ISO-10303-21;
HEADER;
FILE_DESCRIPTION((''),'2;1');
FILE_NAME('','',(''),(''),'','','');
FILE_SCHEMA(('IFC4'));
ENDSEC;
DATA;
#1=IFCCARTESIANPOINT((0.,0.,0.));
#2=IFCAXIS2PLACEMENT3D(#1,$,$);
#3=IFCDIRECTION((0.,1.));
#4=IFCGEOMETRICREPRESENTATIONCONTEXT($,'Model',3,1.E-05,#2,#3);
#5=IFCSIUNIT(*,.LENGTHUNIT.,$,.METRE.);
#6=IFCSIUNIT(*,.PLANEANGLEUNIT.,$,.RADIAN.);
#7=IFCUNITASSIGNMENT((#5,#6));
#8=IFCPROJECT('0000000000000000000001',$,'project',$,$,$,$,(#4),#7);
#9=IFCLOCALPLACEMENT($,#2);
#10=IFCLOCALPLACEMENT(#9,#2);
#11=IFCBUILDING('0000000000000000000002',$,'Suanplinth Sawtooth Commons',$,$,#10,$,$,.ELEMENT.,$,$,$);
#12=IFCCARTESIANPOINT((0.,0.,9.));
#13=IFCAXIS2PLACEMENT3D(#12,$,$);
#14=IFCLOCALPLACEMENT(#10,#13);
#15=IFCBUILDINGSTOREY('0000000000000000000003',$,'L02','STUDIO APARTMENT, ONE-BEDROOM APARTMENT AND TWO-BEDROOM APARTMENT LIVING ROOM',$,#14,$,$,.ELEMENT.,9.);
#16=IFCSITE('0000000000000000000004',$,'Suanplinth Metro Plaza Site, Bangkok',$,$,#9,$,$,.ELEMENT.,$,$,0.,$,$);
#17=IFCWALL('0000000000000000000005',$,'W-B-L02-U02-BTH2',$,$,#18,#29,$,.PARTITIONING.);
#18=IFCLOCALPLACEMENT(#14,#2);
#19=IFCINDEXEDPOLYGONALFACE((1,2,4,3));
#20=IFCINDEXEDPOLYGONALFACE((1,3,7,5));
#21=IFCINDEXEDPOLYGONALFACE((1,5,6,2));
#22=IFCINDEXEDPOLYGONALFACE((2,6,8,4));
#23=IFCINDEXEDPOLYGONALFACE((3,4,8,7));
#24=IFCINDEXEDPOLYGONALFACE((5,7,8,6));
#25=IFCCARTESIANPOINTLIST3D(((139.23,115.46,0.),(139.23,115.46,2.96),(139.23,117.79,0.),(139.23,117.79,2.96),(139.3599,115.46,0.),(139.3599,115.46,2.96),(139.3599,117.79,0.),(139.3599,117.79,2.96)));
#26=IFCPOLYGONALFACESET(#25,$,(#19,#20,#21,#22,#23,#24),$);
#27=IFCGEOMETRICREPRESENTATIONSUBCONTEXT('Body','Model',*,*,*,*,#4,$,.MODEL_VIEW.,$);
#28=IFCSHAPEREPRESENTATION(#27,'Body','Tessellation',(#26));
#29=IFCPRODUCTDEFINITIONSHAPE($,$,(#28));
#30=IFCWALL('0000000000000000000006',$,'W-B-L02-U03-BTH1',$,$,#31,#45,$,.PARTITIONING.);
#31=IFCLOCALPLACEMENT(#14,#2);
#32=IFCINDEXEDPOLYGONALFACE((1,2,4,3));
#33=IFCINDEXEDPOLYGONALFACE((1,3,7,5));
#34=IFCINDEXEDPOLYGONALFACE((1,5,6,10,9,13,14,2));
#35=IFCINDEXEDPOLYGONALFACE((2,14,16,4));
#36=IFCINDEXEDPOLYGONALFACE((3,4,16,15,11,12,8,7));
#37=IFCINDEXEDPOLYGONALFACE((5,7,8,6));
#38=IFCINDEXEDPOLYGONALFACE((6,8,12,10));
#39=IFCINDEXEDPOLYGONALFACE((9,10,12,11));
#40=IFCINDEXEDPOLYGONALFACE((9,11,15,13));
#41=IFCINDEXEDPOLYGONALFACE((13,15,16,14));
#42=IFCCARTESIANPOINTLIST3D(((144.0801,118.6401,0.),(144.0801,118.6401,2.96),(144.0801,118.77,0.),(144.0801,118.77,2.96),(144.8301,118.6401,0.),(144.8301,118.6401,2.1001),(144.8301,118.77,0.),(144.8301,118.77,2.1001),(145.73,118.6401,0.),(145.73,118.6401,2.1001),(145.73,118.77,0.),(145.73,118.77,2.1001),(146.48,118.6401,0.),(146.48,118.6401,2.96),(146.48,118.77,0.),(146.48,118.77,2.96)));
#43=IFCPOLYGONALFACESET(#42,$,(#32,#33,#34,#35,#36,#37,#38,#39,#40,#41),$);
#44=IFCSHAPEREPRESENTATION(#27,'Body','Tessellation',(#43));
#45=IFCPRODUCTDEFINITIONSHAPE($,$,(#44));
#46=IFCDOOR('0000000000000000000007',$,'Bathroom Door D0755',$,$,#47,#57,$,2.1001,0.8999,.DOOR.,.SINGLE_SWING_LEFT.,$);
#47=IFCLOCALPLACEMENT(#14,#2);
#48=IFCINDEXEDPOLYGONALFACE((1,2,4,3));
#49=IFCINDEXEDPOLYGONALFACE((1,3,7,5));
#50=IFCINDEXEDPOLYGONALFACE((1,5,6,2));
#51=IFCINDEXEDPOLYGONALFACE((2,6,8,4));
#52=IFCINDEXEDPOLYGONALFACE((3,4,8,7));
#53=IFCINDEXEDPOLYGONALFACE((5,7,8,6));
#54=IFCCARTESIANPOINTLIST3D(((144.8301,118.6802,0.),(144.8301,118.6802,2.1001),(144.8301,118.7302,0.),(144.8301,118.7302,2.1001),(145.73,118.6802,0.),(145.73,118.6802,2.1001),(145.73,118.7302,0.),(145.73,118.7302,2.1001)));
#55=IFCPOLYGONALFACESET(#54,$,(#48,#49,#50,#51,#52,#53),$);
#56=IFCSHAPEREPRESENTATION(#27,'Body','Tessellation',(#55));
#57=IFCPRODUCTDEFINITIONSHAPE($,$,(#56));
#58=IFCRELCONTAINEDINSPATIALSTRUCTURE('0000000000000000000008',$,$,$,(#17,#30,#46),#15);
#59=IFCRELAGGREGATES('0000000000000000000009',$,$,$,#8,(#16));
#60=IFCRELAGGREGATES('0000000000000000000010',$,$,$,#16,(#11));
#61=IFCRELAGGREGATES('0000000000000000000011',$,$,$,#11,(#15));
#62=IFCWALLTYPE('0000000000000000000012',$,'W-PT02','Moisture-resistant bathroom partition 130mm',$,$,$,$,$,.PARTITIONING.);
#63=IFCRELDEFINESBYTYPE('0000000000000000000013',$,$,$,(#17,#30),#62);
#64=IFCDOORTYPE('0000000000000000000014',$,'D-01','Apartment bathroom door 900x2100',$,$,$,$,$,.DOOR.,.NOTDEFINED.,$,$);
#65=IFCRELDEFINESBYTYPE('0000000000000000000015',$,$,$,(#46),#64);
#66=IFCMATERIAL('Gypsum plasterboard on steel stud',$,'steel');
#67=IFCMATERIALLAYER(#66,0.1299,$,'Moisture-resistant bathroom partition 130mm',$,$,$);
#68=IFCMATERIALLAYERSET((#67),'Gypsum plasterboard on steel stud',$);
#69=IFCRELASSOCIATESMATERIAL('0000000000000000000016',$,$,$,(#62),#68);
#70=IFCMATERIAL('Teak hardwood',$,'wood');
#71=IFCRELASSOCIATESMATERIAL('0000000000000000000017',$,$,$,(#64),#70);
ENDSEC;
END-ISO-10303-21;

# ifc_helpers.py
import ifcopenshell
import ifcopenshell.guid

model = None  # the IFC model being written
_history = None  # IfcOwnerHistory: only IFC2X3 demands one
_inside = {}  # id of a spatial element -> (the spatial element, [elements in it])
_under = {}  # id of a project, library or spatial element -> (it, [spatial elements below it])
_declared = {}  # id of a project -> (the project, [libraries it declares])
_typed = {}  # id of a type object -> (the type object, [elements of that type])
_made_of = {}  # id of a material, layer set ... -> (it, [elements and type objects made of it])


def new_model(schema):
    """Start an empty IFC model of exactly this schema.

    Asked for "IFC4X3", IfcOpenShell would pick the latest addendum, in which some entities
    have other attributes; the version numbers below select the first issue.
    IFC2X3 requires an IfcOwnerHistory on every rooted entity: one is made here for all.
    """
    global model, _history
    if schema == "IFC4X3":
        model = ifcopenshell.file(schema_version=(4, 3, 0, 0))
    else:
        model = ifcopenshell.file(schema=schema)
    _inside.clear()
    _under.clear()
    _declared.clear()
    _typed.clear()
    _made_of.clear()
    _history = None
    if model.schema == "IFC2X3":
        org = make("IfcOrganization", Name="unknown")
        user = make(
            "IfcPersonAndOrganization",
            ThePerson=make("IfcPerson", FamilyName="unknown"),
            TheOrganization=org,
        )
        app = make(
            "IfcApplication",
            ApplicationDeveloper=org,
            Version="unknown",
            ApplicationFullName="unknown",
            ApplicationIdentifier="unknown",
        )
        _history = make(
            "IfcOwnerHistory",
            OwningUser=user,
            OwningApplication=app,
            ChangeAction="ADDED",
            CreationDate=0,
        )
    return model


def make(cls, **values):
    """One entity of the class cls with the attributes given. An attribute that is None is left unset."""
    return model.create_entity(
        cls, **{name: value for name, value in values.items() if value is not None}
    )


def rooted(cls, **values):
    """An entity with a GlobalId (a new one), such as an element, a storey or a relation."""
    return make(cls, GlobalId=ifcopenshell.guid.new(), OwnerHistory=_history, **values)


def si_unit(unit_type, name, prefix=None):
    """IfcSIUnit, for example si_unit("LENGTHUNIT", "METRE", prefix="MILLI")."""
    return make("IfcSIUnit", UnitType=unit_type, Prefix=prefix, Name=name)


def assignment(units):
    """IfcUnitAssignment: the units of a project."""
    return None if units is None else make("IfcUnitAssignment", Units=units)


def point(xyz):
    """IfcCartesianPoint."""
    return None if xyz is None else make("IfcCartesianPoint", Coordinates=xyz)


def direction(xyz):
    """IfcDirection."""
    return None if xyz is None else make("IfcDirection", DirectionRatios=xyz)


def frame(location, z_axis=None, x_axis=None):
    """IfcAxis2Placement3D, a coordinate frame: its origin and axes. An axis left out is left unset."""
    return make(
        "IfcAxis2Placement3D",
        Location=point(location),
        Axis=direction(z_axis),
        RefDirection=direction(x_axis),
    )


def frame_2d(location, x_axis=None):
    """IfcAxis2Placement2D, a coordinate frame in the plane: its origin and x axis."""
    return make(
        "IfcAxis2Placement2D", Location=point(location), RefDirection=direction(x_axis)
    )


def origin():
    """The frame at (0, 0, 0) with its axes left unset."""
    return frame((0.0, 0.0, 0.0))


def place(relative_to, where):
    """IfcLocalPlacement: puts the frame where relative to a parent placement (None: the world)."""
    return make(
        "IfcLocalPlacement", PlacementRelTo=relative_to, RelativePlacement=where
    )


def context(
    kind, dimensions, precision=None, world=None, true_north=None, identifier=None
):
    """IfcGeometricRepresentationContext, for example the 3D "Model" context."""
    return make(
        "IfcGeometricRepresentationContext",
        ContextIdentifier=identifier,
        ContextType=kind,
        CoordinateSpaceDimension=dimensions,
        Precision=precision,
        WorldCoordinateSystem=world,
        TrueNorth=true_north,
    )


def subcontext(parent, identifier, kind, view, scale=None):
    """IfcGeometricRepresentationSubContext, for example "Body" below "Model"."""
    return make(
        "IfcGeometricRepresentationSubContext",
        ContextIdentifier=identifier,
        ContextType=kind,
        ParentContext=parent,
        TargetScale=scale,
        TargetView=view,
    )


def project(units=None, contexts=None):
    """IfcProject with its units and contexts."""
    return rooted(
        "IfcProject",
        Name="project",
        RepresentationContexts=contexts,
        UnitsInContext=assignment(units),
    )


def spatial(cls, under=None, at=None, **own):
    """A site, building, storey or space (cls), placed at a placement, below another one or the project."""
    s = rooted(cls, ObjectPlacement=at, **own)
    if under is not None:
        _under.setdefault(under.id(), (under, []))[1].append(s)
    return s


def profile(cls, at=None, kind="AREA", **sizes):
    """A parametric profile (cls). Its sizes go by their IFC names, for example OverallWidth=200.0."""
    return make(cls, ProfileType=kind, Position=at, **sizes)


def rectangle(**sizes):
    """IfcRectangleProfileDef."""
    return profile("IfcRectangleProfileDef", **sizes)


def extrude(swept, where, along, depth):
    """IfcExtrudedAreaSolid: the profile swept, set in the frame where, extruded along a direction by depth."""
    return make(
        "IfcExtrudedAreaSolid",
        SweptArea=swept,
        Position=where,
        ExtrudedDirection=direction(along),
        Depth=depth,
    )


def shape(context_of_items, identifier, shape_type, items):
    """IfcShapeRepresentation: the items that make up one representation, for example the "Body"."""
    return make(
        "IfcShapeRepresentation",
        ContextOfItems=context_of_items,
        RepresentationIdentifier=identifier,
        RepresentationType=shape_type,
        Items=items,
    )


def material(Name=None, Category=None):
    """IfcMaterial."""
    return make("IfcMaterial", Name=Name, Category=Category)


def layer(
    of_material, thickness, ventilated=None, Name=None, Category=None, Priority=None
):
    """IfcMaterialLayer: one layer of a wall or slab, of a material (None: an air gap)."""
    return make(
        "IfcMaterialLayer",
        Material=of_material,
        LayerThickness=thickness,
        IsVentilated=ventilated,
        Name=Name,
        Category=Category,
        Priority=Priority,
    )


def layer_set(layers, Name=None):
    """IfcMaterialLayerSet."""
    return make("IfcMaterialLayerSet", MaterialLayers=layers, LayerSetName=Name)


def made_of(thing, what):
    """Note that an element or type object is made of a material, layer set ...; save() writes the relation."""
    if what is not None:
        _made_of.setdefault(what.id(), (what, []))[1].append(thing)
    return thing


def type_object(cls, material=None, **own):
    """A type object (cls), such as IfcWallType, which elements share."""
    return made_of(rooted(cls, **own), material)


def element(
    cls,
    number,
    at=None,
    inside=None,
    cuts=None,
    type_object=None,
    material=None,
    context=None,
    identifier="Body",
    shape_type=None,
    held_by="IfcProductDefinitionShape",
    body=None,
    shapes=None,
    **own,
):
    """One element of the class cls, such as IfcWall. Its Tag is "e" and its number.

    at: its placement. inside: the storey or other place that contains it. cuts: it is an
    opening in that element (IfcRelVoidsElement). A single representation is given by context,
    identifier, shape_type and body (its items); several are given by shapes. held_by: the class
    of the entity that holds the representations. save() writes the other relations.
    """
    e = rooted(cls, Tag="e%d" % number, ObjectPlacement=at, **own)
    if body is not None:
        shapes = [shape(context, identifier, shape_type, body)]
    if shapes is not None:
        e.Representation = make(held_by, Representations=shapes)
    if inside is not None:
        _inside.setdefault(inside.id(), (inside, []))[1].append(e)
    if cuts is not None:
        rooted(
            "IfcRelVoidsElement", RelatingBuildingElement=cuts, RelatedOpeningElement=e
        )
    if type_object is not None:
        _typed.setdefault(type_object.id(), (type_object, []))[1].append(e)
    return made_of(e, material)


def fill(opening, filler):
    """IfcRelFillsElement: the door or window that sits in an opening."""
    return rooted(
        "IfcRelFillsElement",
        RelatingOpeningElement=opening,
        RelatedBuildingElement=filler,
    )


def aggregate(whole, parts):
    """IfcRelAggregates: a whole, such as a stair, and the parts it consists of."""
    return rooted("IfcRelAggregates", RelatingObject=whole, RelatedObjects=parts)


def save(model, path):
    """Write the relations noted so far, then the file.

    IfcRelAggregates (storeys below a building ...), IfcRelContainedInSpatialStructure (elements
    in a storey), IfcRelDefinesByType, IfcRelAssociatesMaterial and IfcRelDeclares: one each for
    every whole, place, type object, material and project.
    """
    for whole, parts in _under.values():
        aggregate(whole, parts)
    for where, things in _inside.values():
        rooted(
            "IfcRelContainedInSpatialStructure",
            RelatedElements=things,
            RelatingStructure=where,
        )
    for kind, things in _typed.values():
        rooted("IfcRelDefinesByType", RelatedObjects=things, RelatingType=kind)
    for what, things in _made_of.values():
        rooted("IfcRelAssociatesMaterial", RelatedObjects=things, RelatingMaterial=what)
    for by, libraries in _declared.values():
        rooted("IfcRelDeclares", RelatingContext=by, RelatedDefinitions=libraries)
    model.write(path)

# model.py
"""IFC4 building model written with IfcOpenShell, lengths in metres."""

from ifc_helpers import new_model, si_unit, direction, frame, frame_2d, origin, place, context, subcontext, project, spatial, rectangle, extrude, material, layer, layer_set, type_object, element, fill, save


model = new_model("IFC4")

# Units and contexts
model_context = context("Model", 3, precision=1e-05, world=origin(), true_north=direction((0.0, 1.0)))
body_context = subcontext(model_context, "Body", "Model", "MODEL_VIEW")
ifc_project = project(units=[si_unit("LENGTHUNIT", "METRE"), si_unit("PLANEANGLEUNIT", "RADIAN")], contexts=[model_context])

# Site, building, storey
site_placement = place(None, origin())
site = spatial("IfcSite", under=ifc_project, at=site_placement, Name="Suanplinth Metro Plaza Site, Bangkok", CompositionType="ELEMENT", RefElevation=0.0)
building_placement = place(site_placement, origin())
building = spatial("IfcBuilding", under=site, at=building_placement, Name="Suanplinth Sawtooth Commons", CompositionType="ELEMENT")
storey_placement = place(building_placement, frame((0.0, 0.0, 9.0)))
storey = spatial("IfcBuildingStorey", under=building, at=storey_placement, Name="L02", Description="STUDIO APARTMENT, ONE-BEDROOM APARTMENT AND TWO-BEDROOM APARTMENT LIVING ROOM", CompositionType="ELEMENT", Elevation=9.0)

# Shared definitions
ifc_material_1 = material(Name="Gypsum plasterboard on steel stud", Category="steel")
ifc_material_2 = material(Name="Teak hardwood", Category="wood")

# Wall
ifc_layer_1 = layer(ifc_material_1, 0.1299, Name="Moisture-resistant bathroom partition 130mm")
ifc_layer_set_1 = layer_set([ifc_layer_1], Name="Gypsum plasterboard on steel stud")
wall_type_1 = type_object("IfcWallType", Name="W-PT02", Description="Moisture-resistant bathroom partition 130mm", PredefinedType="PARTITIONING", material=ifc_layer_set_1)
wall_1_placement = place(storey_placement, frame((139.2949, 115.46, 0.0), z_axis=(0.0, 0.0, 1.0), x_axis=(0.0, 1.0, 0.0)))
element("IfcWall", 1, at=wall_1_placement, inside=storey, type_object=wall_type_1, Name="W-B-L02-U02-BTH2", PredefinedType="PARTITIONING", context=body_context, shape_type="SweptSolid", body=[
    extrude(rectangle(XDim=2.3301, YDim=0.1299, at=frame_2d((1.165, 0.0))), origin(), (0.0, 0.0, 1.0), 2.96),
])

# Wall, opening, door
wall_2_placement = place(storey_placement, frame((144.0801, 118.7051, 0.0), z_axis=(0.0, 0.0, 1.0), x_axis=(1.0, 0.0, 0.0)))
wall_2 = element("IfcWall", 2, at=wall_2_placement, inside=storey, type_object=wall_type_1, Name="W-B-L02-U03-BTH1", PredefinedType="PARTITIONING", context=body_context, shape_type="SweptSolid", body=[
    extrude(rectangle(XDim=2.3999, YDim=0.1299, at=frame_2d((1.2, 0.0))), origin(), (0.0, 0.0, 1.0), 2.96),
])
opening_1_placement = place(wall_2_placement, frame((0.75, 0.0, 0.0)))
opening_1 = element("IfcOpeningElement", 3, at=opening_1_placement, cuts=wall_2, PredefinedType="OPENING", context=body_context, shape_type="SweptSolid", body=[
    extrude(rectangle(XDim=0.8999, YDim=2.1001, at=frame_2d((0.45, 1.05))), frame((0.0, 0.0798, 0.0), z_axis=(0.0, -1.0, 0.0), x_axis=(1.0, 0.0, 0.0)), (0.0, 0.0, 1.0), 0.1597),
])
door_type_1 = type_object("IfcDoorType", Name="D-01", Description="Apartment bathroom door 900x2100", OperationType="NOTDEFINED", PredefinedType="DOOR", material=ifc_material_2)
door_1_placement = place(opening_1_placement, frame((0.8999, 0.0, 0.0), z_axis=(0.0, 0.0, 1.0), x_axis=(-1.0, 0.0, 0.0)))
door_1 = element("IfcDoor", 4, at=door_1_placement, inside=storey, type_object=door_type_1, Name="Bathroom Door D0755", OperationType="SINGLE_SWING_LEFT", OverallHeight=2.1001, OverallWidth=0.8999, PredefinedType="DOOR", context=body_context, shape_type="SweptSolid", body=[
    extrude(rectangle(XDim=0.8999, YDim=2.1001, at=frame_2d((0.45, 1.05))), frame((0.0, 0.0249, 0.0), z_axis=(0.0, -1.0, 0.0), x_axis=(1.0, 0.0, 0.0)), (0.0, 0.0, 1.0), 0.05),
])
fill(opening_1, door_1)

save(model, "model.ifc")
